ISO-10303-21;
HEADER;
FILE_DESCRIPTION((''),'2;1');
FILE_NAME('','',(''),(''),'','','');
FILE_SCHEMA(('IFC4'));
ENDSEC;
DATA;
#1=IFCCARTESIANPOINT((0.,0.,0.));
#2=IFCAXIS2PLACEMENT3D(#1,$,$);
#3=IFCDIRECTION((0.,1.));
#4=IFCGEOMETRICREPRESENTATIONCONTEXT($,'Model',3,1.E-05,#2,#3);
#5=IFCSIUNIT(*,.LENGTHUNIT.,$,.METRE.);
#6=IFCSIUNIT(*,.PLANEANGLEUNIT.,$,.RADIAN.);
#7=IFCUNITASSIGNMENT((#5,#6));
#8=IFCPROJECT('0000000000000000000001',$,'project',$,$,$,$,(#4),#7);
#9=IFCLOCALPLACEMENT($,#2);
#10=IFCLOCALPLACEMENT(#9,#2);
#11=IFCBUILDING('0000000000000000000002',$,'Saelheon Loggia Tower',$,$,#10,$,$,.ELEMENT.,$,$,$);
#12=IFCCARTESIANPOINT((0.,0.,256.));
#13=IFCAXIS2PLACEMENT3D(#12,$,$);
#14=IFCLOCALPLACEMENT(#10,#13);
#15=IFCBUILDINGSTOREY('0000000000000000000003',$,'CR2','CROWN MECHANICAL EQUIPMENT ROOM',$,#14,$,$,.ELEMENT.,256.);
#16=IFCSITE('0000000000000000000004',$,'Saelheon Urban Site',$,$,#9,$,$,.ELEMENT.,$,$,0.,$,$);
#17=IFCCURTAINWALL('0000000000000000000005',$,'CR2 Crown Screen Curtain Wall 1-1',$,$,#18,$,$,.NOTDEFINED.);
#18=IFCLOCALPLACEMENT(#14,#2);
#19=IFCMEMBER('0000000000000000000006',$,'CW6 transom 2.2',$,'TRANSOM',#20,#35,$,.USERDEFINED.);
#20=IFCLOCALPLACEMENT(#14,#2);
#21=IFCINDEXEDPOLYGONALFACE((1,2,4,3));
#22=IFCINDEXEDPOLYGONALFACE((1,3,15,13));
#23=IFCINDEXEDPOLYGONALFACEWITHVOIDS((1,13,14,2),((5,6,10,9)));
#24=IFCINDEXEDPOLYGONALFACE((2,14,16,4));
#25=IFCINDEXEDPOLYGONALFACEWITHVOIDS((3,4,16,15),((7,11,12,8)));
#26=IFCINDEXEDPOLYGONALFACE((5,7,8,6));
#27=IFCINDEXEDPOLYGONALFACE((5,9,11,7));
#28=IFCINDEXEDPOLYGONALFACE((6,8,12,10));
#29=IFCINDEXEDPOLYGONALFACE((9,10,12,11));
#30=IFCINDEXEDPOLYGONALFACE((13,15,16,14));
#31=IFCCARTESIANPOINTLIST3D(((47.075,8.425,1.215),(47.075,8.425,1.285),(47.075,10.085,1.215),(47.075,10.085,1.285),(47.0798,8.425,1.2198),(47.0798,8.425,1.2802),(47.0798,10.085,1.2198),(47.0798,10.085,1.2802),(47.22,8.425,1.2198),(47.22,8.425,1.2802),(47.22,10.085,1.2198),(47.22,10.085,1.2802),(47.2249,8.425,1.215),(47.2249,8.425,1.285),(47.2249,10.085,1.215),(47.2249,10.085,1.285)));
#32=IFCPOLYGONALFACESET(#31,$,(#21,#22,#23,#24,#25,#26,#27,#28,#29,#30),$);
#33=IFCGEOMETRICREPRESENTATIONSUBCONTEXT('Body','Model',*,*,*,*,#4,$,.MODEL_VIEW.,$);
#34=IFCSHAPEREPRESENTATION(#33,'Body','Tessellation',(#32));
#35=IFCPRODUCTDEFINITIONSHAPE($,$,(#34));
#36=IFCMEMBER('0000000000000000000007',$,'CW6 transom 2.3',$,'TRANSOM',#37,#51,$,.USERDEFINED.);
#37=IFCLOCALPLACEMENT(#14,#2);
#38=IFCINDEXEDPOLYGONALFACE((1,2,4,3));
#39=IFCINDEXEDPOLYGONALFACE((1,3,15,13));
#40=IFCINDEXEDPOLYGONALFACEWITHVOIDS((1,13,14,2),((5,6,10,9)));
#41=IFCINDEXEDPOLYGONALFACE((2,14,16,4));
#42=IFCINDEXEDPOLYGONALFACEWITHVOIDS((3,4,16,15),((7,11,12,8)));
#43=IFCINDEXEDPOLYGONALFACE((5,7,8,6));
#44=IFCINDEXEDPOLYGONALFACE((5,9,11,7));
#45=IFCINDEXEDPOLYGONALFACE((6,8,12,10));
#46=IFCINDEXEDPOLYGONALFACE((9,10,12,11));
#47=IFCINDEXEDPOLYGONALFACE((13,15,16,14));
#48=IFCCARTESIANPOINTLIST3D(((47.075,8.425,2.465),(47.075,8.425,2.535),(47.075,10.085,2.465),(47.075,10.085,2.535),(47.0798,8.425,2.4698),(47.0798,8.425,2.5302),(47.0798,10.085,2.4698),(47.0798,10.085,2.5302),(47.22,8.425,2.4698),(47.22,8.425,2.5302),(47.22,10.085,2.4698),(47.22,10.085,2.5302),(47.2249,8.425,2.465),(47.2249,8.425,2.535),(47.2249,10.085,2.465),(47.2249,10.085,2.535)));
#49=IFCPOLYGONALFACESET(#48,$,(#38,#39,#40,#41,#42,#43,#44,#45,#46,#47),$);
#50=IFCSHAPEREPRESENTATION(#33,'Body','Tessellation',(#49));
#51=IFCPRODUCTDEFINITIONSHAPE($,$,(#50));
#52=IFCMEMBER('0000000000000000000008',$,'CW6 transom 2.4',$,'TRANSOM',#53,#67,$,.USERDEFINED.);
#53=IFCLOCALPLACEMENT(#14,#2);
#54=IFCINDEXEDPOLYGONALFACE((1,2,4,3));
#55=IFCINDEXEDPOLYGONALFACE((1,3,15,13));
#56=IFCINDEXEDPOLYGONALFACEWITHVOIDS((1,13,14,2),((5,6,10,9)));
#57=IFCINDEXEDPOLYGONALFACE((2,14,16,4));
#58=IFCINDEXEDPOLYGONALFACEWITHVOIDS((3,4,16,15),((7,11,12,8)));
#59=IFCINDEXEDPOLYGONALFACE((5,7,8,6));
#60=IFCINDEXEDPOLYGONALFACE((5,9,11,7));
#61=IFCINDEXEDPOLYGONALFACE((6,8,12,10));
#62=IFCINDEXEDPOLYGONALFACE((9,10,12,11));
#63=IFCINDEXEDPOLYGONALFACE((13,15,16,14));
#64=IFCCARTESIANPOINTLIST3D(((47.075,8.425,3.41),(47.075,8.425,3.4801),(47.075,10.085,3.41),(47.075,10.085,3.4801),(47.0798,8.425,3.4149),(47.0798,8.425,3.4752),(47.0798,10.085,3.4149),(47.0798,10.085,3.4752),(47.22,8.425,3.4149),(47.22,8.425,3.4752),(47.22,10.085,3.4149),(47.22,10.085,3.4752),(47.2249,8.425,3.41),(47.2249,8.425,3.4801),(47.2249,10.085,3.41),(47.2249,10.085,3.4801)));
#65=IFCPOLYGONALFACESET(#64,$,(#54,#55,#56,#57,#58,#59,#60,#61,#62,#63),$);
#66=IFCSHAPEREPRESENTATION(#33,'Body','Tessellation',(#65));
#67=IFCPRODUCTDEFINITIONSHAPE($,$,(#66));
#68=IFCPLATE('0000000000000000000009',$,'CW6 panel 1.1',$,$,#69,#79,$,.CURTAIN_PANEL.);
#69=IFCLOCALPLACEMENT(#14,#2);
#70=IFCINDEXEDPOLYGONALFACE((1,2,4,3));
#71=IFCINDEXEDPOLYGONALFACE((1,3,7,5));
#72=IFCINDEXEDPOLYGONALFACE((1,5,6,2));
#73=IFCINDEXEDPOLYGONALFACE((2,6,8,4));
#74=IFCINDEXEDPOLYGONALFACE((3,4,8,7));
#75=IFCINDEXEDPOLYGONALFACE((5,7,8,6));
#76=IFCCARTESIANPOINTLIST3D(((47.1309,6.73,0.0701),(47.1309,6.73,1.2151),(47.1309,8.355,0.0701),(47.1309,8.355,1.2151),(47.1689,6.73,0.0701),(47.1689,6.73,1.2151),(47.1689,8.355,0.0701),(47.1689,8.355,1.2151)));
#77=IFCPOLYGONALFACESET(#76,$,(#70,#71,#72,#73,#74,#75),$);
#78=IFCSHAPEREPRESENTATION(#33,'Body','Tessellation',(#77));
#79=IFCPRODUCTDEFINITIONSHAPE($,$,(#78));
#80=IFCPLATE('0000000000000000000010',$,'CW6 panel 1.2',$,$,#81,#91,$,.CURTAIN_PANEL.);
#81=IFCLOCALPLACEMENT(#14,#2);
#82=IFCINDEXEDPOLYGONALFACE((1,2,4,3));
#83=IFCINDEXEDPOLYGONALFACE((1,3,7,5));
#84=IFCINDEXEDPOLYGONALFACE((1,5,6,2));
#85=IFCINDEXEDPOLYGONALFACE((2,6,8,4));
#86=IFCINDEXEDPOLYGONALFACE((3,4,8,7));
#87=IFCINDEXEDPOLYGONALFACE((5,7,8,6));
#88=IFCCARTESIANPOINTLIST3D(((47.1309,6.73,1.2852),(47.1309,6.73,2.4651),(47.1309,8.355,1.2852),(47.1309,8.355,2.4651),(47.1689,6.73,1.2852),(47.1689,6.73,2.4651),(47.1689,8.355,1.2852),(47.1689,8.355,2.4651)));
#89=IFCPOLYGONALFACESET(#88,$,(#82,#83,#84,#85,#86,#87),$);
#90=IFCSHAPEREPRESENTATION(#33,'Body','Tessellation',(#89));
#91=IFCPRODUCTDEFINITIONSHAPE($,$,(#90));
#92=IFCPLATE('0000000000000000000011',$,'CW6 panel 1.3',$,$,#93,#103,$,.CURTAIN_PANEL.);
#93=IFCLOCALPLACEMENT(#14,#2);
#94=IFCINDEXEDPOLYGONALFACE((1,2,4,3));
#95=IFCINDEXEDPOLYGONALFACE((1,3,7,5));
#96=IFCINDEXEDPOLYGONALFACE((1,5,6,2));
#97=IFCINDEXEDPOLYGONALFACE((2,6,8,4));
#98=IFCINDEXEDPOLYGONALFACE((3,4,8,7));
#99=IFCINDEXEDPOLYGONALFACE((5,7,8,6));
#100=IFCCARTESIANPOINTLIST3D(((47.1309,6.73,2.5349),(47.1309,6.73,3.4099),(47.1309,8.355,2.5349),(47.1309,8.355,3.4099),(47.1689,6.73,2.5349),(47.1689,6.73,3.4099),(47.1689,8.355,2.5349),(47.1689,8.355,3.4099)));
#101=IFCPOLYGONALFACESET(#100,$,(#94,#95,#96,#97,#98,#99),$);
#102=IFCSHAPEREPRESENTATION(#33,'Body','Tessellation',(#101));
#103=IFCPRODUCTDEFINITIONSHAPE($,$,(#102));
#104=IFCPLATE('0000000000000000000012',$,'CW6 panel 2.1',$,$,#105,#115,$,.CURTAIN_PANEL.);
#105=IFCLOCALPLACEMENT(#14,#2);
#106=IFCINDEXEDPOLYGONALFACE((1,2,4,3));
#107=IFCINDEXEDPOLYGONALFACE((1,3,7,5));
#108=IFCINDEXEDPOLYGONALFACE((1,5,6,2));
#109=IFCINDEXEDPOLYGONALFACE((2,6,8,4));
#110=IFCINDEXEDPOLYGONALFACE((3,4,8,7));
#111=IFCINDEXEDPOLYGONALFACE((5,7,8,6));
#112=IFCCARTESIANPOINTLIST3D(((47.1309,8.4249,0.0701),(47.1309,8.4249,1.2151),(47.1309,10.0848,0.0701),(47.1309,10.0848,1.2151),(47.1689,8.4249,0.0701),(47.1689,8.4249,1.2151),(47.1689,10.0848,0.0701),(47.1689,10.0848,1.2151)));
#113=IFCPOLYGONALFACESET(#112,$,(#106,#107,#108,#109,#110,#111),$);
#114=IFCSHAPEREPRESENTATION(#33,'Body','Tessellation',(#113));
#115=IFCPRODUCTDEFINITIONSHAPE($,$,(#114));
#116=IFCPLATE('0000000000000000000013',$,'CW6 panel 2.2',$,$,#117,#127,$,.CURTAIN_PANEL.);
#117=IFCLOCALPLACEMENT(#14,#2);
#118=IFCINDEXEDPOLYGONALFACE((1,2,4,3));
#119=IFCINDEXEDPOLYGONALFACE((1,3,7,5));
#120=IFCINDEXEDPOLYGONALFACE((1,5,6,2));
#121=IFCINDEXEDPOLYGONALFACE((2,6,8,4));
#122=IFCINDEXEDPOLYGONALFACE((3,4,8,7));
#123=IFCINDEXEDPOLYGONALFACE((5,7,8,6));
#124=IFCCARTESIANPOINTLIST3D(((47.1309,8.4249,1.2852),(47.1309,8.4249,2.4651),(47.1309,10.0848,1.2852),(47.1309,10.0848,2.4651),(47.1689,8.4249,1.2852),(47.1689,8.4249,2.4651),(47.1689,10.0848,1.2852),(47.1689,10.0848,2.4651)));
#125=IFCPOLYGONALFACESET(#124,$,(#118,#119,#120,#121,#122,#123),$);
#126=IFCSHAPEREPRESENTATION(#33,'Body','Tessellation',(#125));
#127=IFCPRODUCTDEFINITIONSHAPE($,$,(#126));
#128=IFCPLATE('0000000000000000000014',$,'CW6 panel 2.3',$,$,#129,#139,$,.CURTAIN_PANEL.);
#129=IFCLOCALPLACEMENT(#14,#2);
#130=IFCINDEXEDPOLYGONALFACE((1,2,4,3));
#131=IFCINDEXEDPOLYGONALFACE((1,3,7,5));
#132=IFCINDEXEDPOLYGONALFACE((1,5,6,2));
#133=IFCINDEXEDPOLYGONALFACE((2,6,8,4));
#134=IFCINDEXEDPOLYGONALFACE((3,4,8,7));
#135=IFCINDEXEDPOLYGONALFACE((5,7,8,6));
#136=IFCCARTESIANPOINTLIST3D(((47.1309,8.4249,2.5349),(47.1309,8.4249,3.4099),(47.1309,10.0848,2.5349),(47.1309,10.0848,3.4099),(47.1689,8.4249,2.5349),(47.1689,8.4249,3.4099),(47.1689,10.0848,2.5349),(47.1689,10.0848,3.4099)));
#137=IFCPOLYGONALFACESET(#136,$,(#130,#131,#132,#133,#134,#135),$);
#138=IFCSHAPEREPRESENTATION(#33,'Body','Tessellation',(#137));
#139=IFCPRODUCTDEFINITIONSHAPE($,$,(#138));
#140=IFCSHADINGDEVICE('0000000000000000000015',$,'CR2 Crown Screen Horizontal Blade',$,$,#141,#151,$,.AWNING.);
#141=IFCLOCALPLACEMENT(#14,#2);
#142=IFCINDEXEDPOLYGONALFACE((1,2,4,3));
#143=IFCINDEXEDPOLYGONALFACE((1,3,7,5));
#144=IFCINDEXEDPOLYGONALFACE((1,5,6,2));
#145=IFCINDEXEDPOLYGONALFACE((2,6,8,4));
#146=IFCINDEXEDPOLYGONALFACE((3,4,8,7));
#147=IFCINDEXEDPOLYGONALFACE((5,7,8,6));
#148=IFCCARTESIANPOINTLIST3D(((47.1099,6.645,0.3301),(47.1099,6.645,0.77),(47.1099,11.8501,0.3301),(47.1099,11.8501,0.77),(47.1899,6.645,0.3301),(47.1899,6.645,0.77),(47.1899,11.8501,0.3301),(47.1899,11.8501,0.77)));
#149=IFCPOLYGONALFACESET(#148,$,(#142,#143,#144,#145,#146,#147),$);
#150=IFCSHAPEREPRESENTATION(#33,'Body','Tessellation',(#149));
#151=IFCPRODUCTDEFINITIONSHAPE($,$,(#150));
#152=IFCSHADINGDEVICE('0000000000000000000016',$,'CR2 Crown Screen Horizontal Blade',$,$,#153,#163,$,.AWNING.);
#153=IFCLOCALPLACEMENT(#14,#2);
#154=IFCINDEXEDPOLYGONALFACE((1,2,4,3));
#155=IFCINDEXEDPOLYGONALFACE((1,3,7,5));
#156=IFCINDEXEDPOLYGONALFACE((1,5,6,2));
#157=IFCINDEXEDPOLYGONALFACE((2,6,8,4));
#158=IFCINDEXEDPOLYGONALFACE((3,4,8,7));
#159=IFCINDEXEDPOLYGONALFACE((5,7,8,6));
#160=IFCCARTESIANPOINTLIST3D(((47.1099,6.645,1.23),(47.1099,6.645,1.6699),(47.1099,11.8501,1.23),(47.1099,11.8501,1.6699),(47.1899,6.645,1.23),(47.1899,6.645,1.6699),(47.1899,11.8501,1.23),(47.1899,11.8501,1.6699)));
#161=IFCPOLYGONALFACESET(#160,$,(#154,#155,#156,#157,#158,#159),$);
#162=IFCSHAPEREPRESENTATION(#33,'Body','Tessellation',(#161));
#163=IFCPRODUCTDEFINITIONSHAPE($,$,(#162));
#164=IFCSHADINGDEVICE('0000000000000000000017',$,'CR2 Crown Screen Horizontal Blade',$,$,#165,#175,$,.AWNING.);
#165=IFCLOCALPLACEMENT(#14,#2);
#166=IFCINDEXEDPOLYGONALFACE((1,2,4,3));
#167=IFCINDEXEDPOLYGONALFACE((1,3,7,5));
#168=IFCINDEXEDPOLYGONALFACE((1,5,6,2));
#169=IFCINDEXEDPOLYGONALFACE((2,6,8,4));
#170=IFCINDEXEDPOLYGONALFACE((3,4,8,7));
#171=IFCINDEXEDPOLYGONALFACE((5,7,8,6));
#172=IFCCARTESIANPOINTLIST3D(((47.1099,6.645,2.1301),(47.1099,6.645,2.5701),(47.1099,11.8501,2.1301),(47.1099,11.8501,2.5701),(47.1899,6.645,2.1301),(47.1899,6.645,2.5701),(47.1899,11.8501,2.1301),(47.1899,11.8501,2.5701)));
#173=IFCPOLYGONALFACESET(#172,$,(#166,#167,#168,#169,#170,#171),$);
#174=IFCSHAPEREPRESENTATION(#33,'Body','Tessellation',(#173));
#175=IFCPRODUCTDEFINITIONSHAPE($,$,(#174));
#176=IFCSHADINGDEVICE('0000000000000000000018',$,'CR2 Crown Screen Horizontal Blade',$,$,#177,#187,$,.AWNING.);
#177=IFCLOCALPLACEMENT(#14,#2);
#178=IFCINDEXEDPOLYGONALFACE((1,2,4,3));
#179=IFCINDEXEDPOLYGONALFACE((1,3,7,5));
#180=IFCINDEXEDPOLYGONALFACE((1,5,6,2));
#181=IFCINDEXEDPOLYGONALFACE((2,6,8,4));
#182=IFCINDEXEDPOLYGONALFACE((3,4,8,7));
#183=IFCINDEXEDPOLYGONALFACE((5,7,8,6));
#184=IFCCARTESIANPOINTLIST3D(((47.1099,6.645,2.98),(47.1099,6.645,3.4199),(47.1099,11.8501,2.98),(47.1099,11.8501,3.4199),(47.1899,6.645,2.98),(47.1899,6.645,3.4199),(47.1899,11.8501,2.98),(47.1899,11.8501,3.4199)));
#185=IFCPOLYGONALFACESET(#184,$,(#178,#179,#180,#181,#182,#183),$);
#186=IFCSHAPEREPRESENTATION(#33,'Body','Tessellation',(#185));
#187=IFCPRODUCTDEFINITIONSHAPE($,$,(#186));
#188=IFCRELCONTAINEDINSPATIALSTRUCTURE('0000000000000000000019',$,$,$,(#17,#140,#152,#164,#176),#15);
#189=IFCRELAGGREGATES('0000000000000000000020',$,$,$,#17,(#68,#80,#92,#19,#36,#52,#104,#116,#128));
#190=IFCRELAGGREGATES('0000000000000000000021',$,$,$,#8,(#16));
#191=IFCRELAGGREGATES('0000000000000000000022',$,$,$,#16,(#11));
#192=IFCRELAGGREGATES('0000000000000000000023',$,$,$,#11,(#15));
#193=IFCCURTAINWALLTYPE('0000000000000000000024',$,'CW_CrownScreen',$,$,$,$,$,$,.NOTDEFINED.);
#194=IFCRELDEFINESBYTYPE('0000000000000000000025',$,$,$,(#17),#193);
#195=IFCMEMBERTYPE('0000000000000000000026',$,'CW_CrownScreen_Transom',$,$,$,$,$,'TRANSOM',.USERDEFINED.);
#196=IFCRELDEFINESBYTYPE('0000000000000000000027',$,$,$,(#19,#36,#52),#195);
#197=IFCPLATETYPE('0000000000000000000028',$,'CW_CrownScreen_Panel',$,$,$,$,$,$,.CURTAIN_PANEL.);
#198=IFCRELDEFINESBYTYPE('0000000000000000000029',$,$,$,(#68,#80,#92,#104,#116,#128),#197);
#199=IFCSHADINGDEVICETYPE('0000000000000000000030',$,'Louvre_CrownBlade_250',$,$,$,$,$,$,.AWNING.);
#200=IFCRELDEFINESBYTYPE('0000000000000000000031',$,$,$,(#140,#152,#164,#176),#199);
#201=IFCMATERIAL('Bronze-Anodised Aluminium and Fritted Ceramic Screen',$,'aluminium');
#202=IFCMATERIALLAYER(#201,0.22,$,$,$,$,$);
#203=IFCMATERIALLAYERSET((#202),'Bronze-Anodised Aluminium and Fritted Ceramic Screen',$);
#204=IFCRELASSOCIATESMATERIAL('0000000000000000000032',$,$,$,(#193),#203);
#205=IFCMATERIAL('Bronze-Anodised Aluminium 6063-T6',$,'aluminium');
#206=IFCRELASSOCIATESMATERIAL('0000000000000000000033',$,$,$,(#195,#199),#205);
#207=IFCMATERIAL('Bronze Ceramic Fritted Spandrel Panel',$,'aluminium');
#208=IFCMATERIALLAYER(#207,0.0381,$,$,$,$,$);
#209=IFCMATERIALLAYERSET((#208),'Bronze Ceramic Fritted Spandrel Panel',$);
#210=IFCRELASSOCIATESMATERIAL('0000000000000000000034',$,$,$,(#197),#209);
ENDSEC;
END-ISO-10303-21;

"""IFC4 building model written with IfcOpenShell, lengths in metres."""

from ifc_helpers import new_model, si_unit, direction, frame, origin, origin_2d, place, context, subcontext, project, spatial, rectangle, hollow_rectangle, extrude, source, transform, mapped, material, layer, layer_set, material_profile, profile_set, type_object, element, aggregate, save


model = new_model("IFC4")

# Units and contexts
model_context = context("Model", 3, precision=1e-05, world=origin(), true_north=direction((0.0, 1.0)))
body_context = subcontext(model_context, "Body", "Model", "MODEL_VIEW")
ifc_project = project(units=[si_unit("LENGTHUNIT", "METRE"), si_unit("PLANEANGLEUNIT", "RADIAN")], contexts=[model_context])

# Site, building, storey
site_placement = place(None, origin())
site = spatial("IfcSite", under=ifc_project, at=site_placement, Name="Saelheon Urban Site", CompositionType="ELEMENT", RefElevation=0.0)
building_placement = place(site_placement, origin())
building = spatial("IfcBuilding", under=site, at=building_placement, Name="Saelheon Loggia Tower", CompositionType="ELEMENT")
storey_placement = place(building_placement, frame((0.0, 0.0, 256.0)))
storey = spatial("IfcBuildingStorey", under=building, at=storey_placement, Name="CR2", Description="CROWN MECHANICAL EQUIPMENT ROOM", CompositionType="ELEMENT", Elevation=256.0)

# Curtain wall, members, plates
ifc_material_1 = material(Name="Bronze-Anodised Aluminium and Fritted Ceramic Screen", Category="aluminium")
ifc_layer_1 = layer(ifc_material_1, 0.22)
ifc_layer_set_1 = layer_set([ifc_layer_1], Name="Bronze-Anodised Aluminium and Fritted Ceramic Screen")
curtain_wall_type = type_object("IfcCurtainWallType", Name="CW_CrownScreen", PredefinedType="NOTDEFINED", material=ifc_layer_set_1)
curtain_wall_placement = place(storey_placement, origin())
curtain_wall = element("IfcCurtainWall", 1, at=curtain_wall_placement, inside=storey, type_object=curtain_wall_type, Name="CR2 Crown Screen Curtain Wall 1-1", PredefinedType="NOTDEFINED")
ifc_material_2 = material(Name="Bronze-Anodised Aluminium 6063-T6", Category="aluminium")
ifc_material_profile_1 = material_profile(ifc_material_2, hollow_rectangle(XDim=0.0701, YDim=0.1499, WallThickness=0.0049, at=origin_2d()), Name="RHS-150x70x5")
ifc_profile_set_1 = profile_set([ifc_material_profile_1], Name="Bronze-Anodised Aluminium 6063-T6")
member_type_1 = type_object("IfcMemberType", Name="CW_CrownScreen_Transom", ElementType="TRANSOM", PredefinedType="USERDEFINED", material=ifc_profile_set_1)
shared_shape_1 = source(origin(), body_context, "Body", "SweptSolid", [
    extrude(hollow_rectangle(XDim=0.0701, YDim=0.1499, WallThickness=0.0049, at=origin_2d()), origin(), (0.0, 0.0, 1.0), 1.6599),
])
member_1_placement = place(storey_placement, frame((47.1499, 8.425, 1.25), z_axis=(0.0, 1.0, 0.0), x_axis=(0.0, 0.0, 1.0)))
member_1 = element("IfcMember", 2, at=member_1_placement, type_object=member_type_1, Name="CW6 transom 2.2", ObjectType="TRANSOM", PredefinedType="USERDEFINED", context=body_context, shape_type="MappedRepresentation", body=[
    mapped(shared_shape_1, transform((0.0, 0.0, 0.0), scale=1.0)),
])
member_2_placement = place(storey_placement, frame((47.1499, 8.425, 2.5), z_axis=(0.0, 1.0, 0.0), x_axis=(0.0, 0.0, 1.0)))
member_2 = element("IfcMember", 3, at=member_2_placement, type_object=member_type_1, Name="CW6 transom 2.3", ObjectType="TRANSOM", PredefinedType="USERDEFINED", context=body_context, shape_type="MappedRepresentation", body=[
    mapped(shared_shape_1, transform((0.0, 0.0, 0.0), scale=1.0)),
])
member_3_placement = place(storey_placement, frame((47.1499, 8.425, 3.4451), z_axis=(0.0, 1.0, 0.0), x_axis=(0.0, 0.0, 1.0)))
member_3 = element("IfcMember", 4, at=member_3_placement, type_object=member_type_1, Name="CW6 transom 2.4", ObjectType="TRANSOM", PredefinedType="USERDEFINED", context=body_context, shape_type="MappedRepresentation", body=[
    mapped(shared_shape_1, transform((0.0, 0.0, 0.0), scale=1.0)),
])
ifc_material_3 = material(Name="Bronze Ceramic Fritted Spandrel Panel", Category="aluminium")
ifc_layer_2 = layer(ifc_material_3, 0.0381)
ifc_layer_set_2 = layer_set([ifc_layer_2], Name="Bronze Ceramic Fritted Spandrel Panel")
plate_type = type_object("IfcPlateType", Name="CW_CrownScreen_Panel", PredefinedType="CURTAIN_PANEL", material=ifc_layer_set_2)
shared_shape_2 = source(origin(), body_context, "Body", "SweptSolid", [
    extrude(rectangle(XDim=1.625, YDim=0.0381, at=origin_2d()), origin(), (0.0, 0.0, 1.0), 1.145),
])
plate_1_placement = place(storey_placement, frame((47.1499, 7.5425, 0.0701), z_axis=(0.0, 0.0, 1.0), x_axis=(0.0, 1.0, 0.0)))
plate_1 = element("IfcPlate", 5, at=plate_1_placement, type_object=plate_type, Name="CW6 panel 1.1", PredefinedType="CURTAIN_PANEL", context=body_context, shape_type="MappedRepresentation", body=[
    mapped(shared_shape_2, transform((0.0, 0.0, 0.0), scale=1.0)),
])
shared_shape_3 = source(origin(), body_context, "Body", "SweptSolid", [
    extrude(rectangle(XDim=1.625, YDim=0.0381, at=origin_2d()), origin(), (0.0, 0.0, 1.0), 1.1799),
])
plate_2_placement = place(storey_placement, frame((47.1499, 7.5425, 1.2852), z_axis=(0.0, 0.0, 1.0), x_axis=(0.0, 1.0, 0.0)))
plate_2 = element("IfcPlate", 6, at=plate_2_placement, type_object=plate_type, Name="CW6 panel 1.2", PredefinedType="CURTAIN_PANEL", context=body_context, shape_type="MappedRepresentation", body=[
    mapped(shared_shape_3, transform((0.0, 0.0, 0.0), scale=1.0)),
])
shared_shape_4 = source(origin(), body_context, "Body", "SweptSolid", [
    extrude(rectangle(XDim=1.625, YDim=0.0381, at=origin_2d()), origin(), (0.0, 0.0, 1.0), 0.875),
])
plate_3_placement = place(storey_placement, frame((47.1499, 7.5425, 2.5349), z_axis=(0.0, 0.0, 1.0), x_axis=(0.0, 1.0, 0.0)))
plate_3 = element("IfcPlate", 7, at=plate_3_placement, type_object=plate_type, Name="CW6 panel 1.3", PredefinedType="CURTAIN_PANEL", context=body_context, shape_type="MappedRepresentation", body=[
    mapped(shared_shape_4, transform((0.0, 0.0, 0.0), scale=1.0)),
])
shared_shape_5 = source(origin(), body_context, "Body", "SweptSolid", [
    extrude(rectangle(XDim=1.6599, YDim=0.0381, at=origin_2d()), origin(), (0.0, 0.0, 1.0), 1.145),
])
plate_4_placement = place(storey_placement, frame((47.1499, 9.2549, 0.0701), z_axis=(0.0, 0.0, 1.0), x_axis=(0.0, 1.0, 0.0)))
plate_4 = element("IfcPlate", 8, at=plate_4_placement, type_object=plate_type, Name="CW6 panel 2.1", PredefinedType="CURTAIN_PANEL", context=body_context, shape_type="MappedRepresentation", body=[
    mapped(shared_shape_5, transform((0.0, 0.0, 0.0), scale=1.0)),
])
shared_shape_6 = source(origin(), body_context, "Body", "SweptSolid", [
    extrude(rectangle(XDim=1.6599, YDim=0.0381, at=origin_2d()), origin(), (0.0, 0.0, 1.0), 1.1799),
])
plate_5_placement = place(storey_placement, frame((47.1499, 9.2549, 1.2852), z_axis=(0.0, 0.0, 1.0), x_axis=(0.0, 1.0, 0.0)))
plate_5 = element("IfcPlate", 9, at=plate_5_placement, type_object=plate_type, Name="CW6 panel 2.2", PredefinedType="CURTAIN_PANEL", context=body_context, shape_type="MappedRepresentation", body=[
    mapped(shared_shape_6, transform((0.0, 0.0, 0.0), scale=1.0)),
])
shared_shape_7 = source(origin(), body_context, "Body", "SweptSolid", [
    extrude(rectangle(XDim=1.6599, YDim=0.0381, at=origin_2d()), origin(), (0.0, 0.0, 1.0), 0.875),
])
plate_6_placement = place(storey_placement, frame((47.1499, 9.2549, 2.5349), z_axis=(0.0, 0.0, 1.0), x_axis=(0.0, 1.0, 0.0)))
plate_6 = element("IfcPlate", 10, at=plate_6_placement, type_object=plate_type, Name="CW6 panel 2.3", PredefinedType="CURTAIN_PANEL", context=body_context, shape_type="MappedRepresentation", body=[
    mapped(shared_shape_7, transform((0.0, 0.0, 0.0), scale=1.0)),
])
aggregate(curtain_wall, [plate_1, plate_2, plate_3, member_1, member_2, member_3, plate_4, plate_5, plate_6])

# Shading devices
ifc_material_profile_2 = material_profile(ifc_material_2, rectangle(XDim=0.0801, YDim=0.4399, at=origin_2d()), Name="Louvre_CrownBlade_250")
ifc_profile_set_2 = profile_set([ifc_material_profile_2], Name="Bronze-Anodised Aluminium 6063-T6")
shading_device_type = type_object("IfcShadingDeviceType", Name="Louvre_CrownBlade_250", PredefinedType="AWNING", material=ifc_profile_set_2)
shared_shape_8 = source(origin(), body_context, "Body", "SweptSolid", [
    extrude(rectangle(XDim=0.0801, YDim=0.4399, at=origin_2d()), origin(), (0.0, 0.0, 1.0), 5.2051),
])
for number, where, z_axis, x_axis, name in (
    (11, (47.1499, 6.645, 0.55), (0.0, 1.0, 0.0), (-1.0, 0.0, 0.0), "CR2 Crown Screen Horizontal Blade"),
    (12, (47.1499, 6.645, 1.45), (0.0, 1.0, 0.0), (-1.0, 0.0, 0.0), "CR2 Crown Screen Horizontal Blade"),
    (13, (47.1499, 6.645, 2.3501), (0.0, 1.0, 0.0), (-1.0, 0.0, 0.0), "CR2 Crown Screen Horizontal Blade"),
    (14, (47.1499, 6.645, 3.2), (0.0, 1.0, 0.0), (-1.0, 0.0, 0.0), "CR2 Crown Screen Horizontal Blade"),
):
    element("IfcShadingDevice", number, at=place(storey_placement, frame(where, z_axis=z_axis, x_axis=x_axis)), inside=storey, type_object=shading_device_type, Name=name, PredefinedType="AWNING", context=body_context, shape_type="MappedRepresentation", body=[
        mapped(shared_shape_8, transform((0.0, 0.0, 0.0), scale=1.0)),
    ])

save(model, "model.ifc")
